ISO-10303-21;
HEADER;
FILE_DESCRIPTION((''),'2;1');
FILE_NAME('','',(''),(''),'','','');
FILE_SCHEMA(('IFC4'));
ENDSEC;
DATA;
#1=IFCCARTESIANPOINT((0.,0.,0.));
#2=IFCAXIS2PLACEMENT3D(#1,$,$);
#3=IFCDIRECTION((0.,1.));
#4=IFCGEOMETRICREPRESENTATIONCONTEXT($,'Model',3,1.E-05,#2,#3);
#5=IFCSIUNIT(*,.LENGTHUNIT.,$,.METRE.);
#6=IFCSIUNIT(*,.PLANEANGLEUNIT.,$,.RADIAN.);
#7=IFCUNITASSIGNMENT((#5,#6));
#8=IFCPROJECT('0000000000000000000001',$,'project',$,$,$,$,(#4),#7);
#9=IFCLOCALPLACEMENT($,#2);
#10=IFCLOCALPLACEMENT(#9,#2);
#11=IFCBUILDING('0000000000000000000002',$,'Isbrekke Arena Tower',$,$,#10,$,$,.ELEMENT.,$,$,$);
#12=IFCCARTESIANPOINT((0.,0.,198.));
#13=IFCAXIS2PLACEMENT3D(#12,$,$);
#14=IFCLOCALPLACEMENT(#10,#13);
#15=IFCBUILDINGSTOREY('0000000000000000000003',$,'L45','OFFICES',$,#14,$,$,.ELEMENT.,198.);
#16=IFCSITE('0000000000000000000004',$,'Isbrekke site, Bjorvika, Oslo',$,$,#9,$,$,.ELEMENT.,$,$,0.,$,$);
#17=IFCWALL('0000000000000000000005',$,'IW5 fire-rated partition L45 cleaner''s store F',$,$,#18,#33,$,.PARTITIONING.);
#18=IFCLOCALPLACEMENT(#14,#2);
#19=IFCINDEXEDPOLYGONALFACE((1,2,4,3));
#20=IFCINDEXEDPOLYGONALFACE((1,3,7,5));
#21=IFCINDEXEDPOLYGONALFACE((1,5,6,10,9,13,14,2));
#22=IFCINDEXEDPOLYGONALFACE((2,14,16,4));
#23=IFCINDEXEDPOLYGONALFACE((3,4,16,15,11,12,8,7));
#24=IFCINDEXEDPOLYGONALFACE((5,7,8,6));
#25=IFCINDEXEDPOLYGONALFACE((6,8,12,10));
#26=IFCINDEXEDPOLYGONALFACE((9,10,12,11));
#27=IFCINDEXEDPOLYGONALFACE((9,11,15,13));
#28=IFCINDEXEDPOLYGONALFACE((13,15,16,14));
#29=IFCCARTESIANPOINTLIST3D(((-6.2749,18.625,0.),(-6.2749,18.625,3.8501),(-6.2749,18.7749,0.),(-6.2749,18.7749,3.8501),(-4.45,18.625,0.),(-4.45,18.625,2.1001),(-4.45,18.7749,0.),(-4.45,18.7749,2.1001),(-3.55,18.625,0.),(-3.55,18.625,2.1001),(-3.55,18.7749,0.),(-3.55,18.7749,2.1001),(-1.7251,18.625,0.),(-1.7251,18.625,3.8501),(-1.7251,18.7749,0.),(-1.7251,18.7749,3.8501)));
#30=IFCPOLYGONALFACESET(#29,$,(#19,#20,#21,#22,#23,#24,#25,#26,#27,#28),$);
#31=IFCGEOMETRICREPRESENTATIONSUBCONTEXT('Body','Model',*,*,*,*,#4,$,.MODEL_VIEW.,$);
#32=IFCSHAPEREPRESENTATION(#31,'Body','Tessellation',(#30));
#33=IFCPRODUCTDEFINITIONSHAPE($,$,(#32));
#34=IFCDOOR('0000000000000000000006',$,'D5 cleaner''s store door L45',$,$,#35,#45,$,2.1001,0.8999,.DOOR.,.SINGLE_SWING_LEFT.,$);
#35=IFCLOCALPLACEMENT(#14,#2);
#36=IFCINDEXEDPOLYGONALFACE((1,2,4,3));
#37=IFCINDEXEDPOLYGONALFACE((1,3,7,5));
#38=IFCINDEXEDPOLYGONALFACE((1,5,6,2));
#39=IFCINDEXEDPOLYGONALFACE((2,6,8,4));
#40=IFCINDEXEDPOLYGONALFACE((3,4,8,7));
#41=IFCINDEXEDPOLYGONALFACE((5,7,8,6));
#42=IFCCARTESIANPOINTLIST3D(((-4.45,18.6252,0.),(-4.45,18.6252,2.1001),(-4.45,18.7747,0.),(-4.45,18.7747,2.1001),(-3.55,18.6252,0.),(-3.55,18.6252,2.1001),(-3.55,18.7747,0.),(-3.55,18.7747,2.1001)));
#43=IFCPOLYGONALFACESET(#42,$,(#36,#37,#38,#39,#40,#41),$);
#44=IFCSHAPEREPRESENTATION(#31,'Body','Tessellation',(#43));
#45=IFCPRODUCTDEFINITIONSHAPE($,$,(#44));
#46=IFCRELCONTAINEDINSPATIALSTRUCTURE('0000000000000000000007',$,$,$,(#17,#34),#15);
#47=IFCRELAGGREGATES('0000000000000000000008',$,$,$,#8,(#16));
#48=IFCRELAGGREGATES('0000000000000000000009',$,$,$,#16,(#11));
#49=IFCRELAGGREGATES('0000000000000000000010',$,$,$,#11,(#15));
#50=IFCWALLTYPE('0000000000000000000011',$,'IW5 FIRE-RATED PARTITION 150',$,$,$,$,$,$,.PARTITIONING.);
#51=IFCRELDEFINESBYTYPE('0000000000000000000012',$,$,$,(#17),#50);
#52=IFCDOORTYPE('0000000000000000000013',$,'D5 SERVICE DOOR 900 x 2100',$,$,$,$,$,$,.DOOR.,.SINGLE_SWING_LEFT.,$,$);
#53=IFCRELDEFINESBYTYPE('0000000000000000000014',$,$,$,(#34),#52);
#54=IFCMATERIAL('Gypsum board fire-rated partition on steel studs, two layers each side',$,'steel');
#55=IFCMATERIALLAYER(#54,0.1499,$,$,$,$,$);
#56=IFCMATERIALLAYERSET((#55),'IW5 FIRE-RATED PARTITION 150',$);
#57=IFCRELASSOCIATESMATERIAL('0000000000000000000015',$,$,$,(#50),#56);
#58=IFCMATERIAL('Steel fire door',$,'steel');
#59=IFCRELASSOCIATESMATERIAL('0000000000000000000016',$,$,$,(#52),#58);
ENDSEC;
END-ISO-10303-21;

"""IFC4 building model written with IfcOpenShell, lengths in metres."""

from ifc_helpers import new_model, si_unit, direction, frame, frame_2d, origin, place, context, subcontext, project, spatial, rectangle, extrude, material, layer, layer_set, type_object, element, fill, save


model = new_model("IFC4")

# Units and contexts
model_context = context("Model", 3, precision=1e-05, world=origin(), true_north=direction((0.0, 1.0)))
body_context = subcontext(model_context, "Body", "Model", "MODEL_VIEW")
ifc_project = project(units=[si_unit("LENGTHUNIT", "METRE"), si_unit("PLANEANGLEUNIT", "RADIAN")], contexts=[model_context])

# Site, building, storey
site_placement = place(None, origin())
site = spatial("IfcSite", under=ifc_project, at=site_placement, Name="Isbrekke site, Bjorvika, Oslo", CompositionType="ELEMENT", RefElevation=0.0)
building_placement = place(site_placement, origin())
building = spatial("IfcBuilding", under=site, at=building_placement, Name="Isbrekke Arena Tower", CompositionType="ELEMENT")
storey_placement = place(building_placement, frame((0.0, 0.0, 198.0)))
storey = spatial("IfcBuildingStorey", under=building, at=storey_placement, Name="L45", Description="OFFICES", CompositionType="ELEMENT", Elevation=198.0)

# Wall, opening, door
ifc_material_1 = material(Name="Gypsum board fire-rated partition on steel studs, two layers each side", Category="steel")
ifc_layer_1 = layer(ifc_material_1, 0.1499)
ifc_layer_set_1 = layer_set([ifc_layer_1], Name="IW5 FIRE-RATED PARTITION 150")
wall_type_1 = type_object("IfcWallType", Name="IW5 FIRE-RATED PARTITION 150", PredefinedType="PARTITIONING", material=ifc_layer_set_1)
wall_1_placement = place(storey_placement, frame((-6.2749, 18.7, 0.0), z_axis=(0.0, 0.0, 1.0), x_axis=(1.0, 0.0, 0.0)))
wall_1 = element("IfcWall", 1, at=wall_1_placement, inside=storey, type_object=wall_type_1, Name="IW5 fire-rated partition L45 cleaner's store F", PredefinedType="PARTITIONING", context=body_context, shape_type="SweptSolid", body=[
    extrude(rectangle(XDim=4.5498, YDim=0.1499, at=frame_2d((2.2749, 0.0))), origin(), (0.0, 0.0, 1.0), 3.8501),
])
opening_1_placement = place(wall_1_placement, frame((1.825, 0.0, 0.0)))
opening_1 = element("IfcOpeningElement", 2, at=opening_1_placement, cuts=wall_1, PredefinedType="OPENING", context=body_context, shape_type="SweptSolid", body=[
    extrude(rectangle(XDim=0.8999, YDim=2.1001, at=frame_2d((0.45, 1.05))), frame((0.0, 0.0898, 0.0), z_axis=(0.0, -1.0, 0.0), x_axis=(1.0, 0.0, 0.0)), (0.0, 0.0, 1.0), 0.1797),
])
ifc_material_2 = material(Name="Steel fire door", Category="steel")
door_type_1 = type_object("IfcDoorType", Name="D5 SERVICE DOOR 900 x 2100", OperationType="SINGLE_SWING_LEFT", PredefinedType="DOOR", material=ifc_material_2)
door_1_placement = place(opening_1_placement, origin())
door_1 = element("IfcDoor", 3, at=door_1_placement, inside=storey, type_object=door_type_1, Name="D5 cleaner's store door L45", OperationType="SINGLE_SWING_LEFT", OverallHeight=2.1001, OverallWidth=0.8999, PredefinedType="DOOR", context=body_context, shape_type="SweptSolid", body=[
    extrude(rectangle(XDim=0.8999, YDim=2.1001, at=frame_2d((0.45, 1.05))), frame((0.0, 0.0747, 0.0), z_axis=(0.0, -1.0, 0.0), x_axis=(1.0, 0.0, 0.0)), (0.0, 0.0, 1.0), 0.1494),
])
fill(opening_1, door_1)

save(model, "model.ifc")
